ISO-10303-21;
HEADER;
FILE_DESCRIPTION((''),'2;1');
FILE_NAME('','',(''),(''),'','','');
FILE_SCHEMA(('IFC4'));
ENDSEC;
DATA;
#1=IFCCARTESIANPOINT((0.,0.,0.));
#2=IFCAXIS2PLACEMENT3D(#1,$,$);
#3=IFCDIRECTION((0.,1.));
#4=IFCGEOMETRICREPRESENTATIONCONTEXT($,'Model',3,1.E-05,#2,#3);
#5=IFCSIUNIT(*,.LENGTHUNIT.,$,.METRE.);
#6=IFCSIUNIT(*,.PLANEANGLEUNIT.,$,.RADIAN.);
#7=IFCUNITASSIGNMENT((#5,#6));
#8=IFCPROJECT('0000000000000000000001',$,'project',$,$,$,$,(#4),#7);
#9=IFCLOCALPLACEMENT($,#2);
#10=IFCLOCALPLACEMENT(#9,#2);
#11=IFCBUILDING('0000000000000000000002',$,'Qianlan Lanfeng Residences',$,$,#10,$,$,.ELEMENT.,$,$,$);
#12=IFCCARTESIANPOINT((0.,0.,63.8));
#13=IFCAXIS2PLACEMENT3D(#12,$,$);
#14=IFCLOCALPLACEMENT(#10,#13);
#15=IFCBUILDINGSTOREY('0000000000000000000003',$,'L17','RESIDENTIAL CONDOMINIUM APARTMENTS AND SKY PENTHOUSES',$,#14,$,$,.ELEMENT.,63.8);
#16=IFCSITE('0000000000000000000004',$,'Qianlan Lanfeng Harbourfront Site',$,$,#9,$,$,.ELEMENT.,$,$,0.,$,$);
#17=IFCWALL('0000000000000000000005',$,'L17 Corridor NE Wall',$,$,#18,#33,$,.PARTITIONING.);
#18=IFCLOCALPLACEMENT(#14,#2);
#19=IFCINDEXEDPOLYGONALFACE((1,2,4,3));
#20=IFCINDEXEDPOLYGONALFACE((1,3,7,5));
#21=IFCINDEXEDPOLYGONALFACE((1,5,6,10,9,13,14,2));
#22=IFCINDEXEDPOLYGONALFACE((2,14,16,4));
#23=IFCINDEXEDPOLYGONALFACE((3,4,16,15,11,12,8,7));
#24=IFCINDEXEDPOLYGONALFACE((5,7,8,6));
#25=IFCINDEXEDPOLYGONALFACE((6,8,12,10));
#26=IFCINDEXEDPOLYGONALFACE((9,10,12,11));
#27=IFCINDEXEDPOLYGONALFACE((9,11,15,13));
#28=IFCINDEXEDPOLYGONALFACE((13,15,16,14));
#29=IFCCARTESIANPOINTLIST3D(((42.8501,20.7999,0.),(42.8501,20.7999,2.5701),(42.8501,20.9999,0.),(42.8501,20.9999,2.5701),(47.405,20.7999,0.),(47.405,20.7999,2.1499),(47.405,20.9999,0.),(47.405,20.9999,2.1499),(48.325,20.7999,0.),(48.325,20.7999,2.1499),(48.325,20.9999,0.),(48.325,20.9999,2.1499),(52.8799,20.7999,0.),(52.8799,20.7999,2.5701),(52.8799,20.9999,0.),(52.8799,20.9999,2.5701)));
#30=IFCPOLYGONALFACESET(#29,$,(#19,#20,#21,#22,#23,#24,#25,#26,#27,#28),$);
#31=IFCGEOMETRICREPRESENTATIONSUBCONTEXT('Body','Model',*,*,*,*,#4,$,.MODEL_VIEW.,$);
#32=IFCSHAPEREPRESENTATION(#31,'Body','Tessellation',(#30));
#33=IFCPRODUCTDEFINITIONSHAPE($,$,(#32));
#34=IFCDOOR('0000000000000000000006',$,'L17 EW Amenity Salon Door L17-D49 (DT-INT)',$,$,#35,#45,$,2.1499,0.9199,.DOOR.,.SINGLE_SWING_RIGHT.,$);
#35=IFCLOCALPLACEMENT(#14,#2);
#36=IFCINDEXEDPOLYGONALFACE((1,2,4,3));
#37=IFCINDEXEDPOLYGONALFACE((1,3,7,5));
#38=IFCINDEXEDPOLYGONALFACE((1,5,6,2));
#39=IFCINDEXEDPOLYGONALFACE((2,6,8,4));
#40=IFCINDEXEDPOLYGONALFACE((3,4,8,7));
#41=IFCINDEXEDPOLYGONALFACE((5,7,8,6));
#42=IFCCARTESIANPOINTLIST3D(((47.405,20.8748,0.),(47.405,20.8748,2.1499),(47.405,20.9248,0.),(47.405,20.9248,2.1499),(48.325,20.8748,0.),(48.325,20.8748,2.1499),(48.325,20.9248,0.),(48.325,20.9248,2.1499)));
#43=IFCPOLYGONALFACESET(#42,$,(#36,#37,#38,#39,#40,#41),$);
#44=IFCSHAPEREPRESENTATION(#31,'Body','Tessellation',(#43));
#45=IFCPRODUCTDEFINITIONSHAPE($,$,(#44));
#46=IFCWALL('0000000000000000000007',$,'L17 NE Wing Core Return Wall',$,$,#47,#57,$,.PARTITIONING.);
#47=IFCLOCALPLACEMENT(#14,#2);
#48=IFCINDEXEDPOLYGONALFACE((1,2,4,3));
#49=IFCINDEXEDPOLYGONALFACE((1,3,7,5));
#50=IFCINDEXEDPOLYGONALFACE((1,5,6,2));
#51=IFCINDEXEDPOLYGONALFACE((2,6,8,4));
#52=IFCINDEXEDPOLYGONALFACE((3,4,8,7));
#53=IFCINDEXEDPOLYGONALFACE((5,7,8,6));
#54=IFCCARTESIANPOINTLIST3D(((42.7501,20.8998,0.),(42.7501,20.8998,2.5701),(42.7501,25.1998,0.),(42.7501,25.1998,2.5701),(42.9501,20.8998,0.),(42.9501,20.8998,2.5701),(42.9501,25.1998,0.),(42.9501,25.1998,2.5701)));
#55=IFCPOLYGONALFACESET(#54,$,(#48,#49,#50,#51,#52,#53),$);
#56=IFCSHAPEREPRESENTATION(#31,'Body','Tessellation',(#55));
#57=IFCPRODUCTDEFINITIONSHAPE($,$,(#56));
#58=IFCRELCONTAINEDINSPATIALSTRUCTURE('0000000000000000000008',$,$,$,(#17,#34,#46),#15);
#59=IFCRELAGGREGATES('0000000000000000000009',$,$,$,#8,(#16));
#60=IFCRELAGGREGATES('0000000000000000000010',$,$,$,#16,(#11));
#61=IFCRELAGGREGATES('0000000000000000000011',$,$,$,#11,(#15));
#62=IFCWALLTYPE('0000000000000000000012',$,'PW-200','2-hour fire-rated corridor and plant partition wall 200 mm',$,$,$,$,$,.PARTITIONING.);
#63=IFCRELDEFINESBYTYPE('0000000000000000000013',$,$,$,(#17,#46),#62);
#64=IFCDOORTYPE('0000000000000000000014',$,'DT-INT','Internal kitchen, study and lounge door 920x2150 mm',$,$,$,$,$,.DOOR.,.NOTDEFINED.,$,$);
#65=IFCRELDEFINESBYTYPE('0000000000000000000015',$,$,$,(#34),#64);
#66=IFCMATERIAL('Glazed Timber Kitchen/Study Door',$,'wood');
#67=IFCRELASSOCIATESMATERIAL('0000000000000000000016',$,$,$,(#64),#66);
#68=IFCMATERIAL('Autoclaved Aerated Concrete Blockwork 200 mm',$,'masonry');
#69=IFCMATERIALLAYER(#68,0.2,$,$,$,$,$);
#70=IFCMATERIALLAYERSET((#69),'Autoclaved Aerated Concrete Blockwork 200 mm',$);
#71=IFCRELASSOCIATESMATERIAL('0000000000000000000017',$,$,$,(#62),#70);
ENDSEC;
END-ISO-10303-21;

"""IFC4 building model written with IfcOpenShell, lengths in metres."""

from ifc_helpers import new_model, si_unit, direction, frame, frame_2d, origin, place, context, subcontext, project, spatial, rectangle, extrude, material, layer, layer_set, type_object, element, fill, save


model = new_model("IFC4")

# Units and contexts
model_context = context("Model", 3, precision=1e-05, world=origin(), true_north=direction((0.0, 1.0)))
body_context = subcontext(model_context, "Body", "Model", "MODEL_VIEW")
ifc_project = project(units=[si_unit("LENGTHUNIT", "METRE"), si_unit("PLANEANGLEUNIT", "RADIAN")], contexts=[model_context])

# Site, building, storey
site_placement = place(None, origin())
site = spatial("IfcSite", under=ifc_project, at=site_placement, Name="Qianlan Lanfeng Harbourfront Site", CompositionType="ELEMENT", RefElevation=0.0)
building_placement = place(site_placement, origin())
building = spatial("IfcBuilding", under=site, at=building_placement, Name="Qianlan Lanfeng Residences", CompositionType="ELEMENT")
storey_placement = place(building_placement, frame((0.0, 0.0, 63.8)))
storey = spatial("IfcBuildingStorey", under=building, at=storey_placement, Name="L17", Description="RESIDENTIAL CONDOMINIUM APARTMENTS AND SKY PENTHOUSES", CompositionType="ELEMENT", Elevation=63.8)

# Wall, opening, door
ifc_material_1 = material(Name="Glazed Timber Kitchen/Study Door", Category="wood")
door_type = type_object("IfcDoorType", Name="DT-INT", Description="Internal kitchen, study and lounge door 920x2150 mm", OperationType="NOTDEFINED", PredefinedType="DOOR", material=ifc_material_1)
ifc_material_2 = material(Name="Autoclaved Aerated Concrete Blockwork 200 mm", Category="masonry")
ifc_layer_1 = layer(ifc_material_2, 0.2)
ifc_layer_set_1 = layer_set([ifc_layer_1], Name="Autoclaved Aerated Concrete Blockwork 200 mm")
wall_type_1 = type_object("IfcWallType", Name="PW-200", Description="2-hour fire-rated corridor and plant partition wall 200 mm", PredefinedType="PARTITIONING", material=ifc_layer_set_1)
wall_1_placement = place(storey_placement, frame((42.8501, 20.8999, 0.0), z_axis=(0.0, 0.0, 1.0), x_axis=(1.0, 0.0, 0.0)))
wall_1 = element("IfcWall", 1, at=wall_1_placement, inside=storey, type_object=wall_type_1, Name="L17 Corridor NE Wall", PredefinedType="PARTITIONING", context=body_context, shape_type="SweptSolid", body=[
    extrude(rectangle(XDim=10.0298, YDim=0.2, at=frame_2d((5.0149, 0.0))), origin(), (0.0, 0.0, 1.0), 2.5701),
])
opening_1_placement = place(wall_1_placement, frame((4.5549, 0.0, 0.0)))
opening_1 = element("IfcOpeningElement", 2, at=opening_1_placement, cuts=wall_1, PredefinedType="OPENING", context=body_context, shape_type="SweptSolid", body=[
    extrude(rectangle(XDim=0.9199, YDim=2.1499, at=frame_2d((0.46, 1.075))), frame((0.0, 0.1099, 0.0), z_axis=(0.0, -1.0, 0.0), x_axis=(1.0, 0.0, 0.0)), (0.0, 0.0, 1.0), 0.22),
])
door_1_placement = place(opening_1_placement, origin())
door_1 = element("IfcDoor", 3, at=door_1_placement, inside=storey, type_object=door_type, Name="L17 EW Amenity Salon Door L17-D49 (DT-INT)", OperationType="SINGLE_SWING_RIGHT", OverallHeight=2.1499, OverallWidth=0.9199, PredefinedType="DOOR", context=body_context, shape_type="SweptSolid", body=[
    extrude(rectangle(XDim=0.9199, YDim=2.1499, at=frame_2d((0.46, 1.075))), frame((0.0, 0.0249, 0.0), z_axis=(0.0, -1.0, 0.0), x_axis=(1.0, 0.0, 0.0)), (0.0, 0.0, 1.0), 0.05),
])
fill(opening_1, door_1)

# Wall
wall_2_placement = place(storey_placement, frame((42.8501, 20.8999, 0.0), z_axis=(0.0, 0.0, 1.0), x_axis=(0.0, 1.0, 0.0)))
element("IfcWall", 4, at=wall_2_placement, inside=storey, type_object=wall_type_1, Name="L17 NE Wing Core Return Wall", PredefinedType="PARTITIONING", context=body_context, shape_type="SweptSolid", body=[
    extrude(rectangle(XDim=4.3, YDim=0.2, at=frame_2d((2.1499, 0.0))), origin(), (0.0, 0.0, 1.0), 2.5701),
])

save(model, "model.ifc")
